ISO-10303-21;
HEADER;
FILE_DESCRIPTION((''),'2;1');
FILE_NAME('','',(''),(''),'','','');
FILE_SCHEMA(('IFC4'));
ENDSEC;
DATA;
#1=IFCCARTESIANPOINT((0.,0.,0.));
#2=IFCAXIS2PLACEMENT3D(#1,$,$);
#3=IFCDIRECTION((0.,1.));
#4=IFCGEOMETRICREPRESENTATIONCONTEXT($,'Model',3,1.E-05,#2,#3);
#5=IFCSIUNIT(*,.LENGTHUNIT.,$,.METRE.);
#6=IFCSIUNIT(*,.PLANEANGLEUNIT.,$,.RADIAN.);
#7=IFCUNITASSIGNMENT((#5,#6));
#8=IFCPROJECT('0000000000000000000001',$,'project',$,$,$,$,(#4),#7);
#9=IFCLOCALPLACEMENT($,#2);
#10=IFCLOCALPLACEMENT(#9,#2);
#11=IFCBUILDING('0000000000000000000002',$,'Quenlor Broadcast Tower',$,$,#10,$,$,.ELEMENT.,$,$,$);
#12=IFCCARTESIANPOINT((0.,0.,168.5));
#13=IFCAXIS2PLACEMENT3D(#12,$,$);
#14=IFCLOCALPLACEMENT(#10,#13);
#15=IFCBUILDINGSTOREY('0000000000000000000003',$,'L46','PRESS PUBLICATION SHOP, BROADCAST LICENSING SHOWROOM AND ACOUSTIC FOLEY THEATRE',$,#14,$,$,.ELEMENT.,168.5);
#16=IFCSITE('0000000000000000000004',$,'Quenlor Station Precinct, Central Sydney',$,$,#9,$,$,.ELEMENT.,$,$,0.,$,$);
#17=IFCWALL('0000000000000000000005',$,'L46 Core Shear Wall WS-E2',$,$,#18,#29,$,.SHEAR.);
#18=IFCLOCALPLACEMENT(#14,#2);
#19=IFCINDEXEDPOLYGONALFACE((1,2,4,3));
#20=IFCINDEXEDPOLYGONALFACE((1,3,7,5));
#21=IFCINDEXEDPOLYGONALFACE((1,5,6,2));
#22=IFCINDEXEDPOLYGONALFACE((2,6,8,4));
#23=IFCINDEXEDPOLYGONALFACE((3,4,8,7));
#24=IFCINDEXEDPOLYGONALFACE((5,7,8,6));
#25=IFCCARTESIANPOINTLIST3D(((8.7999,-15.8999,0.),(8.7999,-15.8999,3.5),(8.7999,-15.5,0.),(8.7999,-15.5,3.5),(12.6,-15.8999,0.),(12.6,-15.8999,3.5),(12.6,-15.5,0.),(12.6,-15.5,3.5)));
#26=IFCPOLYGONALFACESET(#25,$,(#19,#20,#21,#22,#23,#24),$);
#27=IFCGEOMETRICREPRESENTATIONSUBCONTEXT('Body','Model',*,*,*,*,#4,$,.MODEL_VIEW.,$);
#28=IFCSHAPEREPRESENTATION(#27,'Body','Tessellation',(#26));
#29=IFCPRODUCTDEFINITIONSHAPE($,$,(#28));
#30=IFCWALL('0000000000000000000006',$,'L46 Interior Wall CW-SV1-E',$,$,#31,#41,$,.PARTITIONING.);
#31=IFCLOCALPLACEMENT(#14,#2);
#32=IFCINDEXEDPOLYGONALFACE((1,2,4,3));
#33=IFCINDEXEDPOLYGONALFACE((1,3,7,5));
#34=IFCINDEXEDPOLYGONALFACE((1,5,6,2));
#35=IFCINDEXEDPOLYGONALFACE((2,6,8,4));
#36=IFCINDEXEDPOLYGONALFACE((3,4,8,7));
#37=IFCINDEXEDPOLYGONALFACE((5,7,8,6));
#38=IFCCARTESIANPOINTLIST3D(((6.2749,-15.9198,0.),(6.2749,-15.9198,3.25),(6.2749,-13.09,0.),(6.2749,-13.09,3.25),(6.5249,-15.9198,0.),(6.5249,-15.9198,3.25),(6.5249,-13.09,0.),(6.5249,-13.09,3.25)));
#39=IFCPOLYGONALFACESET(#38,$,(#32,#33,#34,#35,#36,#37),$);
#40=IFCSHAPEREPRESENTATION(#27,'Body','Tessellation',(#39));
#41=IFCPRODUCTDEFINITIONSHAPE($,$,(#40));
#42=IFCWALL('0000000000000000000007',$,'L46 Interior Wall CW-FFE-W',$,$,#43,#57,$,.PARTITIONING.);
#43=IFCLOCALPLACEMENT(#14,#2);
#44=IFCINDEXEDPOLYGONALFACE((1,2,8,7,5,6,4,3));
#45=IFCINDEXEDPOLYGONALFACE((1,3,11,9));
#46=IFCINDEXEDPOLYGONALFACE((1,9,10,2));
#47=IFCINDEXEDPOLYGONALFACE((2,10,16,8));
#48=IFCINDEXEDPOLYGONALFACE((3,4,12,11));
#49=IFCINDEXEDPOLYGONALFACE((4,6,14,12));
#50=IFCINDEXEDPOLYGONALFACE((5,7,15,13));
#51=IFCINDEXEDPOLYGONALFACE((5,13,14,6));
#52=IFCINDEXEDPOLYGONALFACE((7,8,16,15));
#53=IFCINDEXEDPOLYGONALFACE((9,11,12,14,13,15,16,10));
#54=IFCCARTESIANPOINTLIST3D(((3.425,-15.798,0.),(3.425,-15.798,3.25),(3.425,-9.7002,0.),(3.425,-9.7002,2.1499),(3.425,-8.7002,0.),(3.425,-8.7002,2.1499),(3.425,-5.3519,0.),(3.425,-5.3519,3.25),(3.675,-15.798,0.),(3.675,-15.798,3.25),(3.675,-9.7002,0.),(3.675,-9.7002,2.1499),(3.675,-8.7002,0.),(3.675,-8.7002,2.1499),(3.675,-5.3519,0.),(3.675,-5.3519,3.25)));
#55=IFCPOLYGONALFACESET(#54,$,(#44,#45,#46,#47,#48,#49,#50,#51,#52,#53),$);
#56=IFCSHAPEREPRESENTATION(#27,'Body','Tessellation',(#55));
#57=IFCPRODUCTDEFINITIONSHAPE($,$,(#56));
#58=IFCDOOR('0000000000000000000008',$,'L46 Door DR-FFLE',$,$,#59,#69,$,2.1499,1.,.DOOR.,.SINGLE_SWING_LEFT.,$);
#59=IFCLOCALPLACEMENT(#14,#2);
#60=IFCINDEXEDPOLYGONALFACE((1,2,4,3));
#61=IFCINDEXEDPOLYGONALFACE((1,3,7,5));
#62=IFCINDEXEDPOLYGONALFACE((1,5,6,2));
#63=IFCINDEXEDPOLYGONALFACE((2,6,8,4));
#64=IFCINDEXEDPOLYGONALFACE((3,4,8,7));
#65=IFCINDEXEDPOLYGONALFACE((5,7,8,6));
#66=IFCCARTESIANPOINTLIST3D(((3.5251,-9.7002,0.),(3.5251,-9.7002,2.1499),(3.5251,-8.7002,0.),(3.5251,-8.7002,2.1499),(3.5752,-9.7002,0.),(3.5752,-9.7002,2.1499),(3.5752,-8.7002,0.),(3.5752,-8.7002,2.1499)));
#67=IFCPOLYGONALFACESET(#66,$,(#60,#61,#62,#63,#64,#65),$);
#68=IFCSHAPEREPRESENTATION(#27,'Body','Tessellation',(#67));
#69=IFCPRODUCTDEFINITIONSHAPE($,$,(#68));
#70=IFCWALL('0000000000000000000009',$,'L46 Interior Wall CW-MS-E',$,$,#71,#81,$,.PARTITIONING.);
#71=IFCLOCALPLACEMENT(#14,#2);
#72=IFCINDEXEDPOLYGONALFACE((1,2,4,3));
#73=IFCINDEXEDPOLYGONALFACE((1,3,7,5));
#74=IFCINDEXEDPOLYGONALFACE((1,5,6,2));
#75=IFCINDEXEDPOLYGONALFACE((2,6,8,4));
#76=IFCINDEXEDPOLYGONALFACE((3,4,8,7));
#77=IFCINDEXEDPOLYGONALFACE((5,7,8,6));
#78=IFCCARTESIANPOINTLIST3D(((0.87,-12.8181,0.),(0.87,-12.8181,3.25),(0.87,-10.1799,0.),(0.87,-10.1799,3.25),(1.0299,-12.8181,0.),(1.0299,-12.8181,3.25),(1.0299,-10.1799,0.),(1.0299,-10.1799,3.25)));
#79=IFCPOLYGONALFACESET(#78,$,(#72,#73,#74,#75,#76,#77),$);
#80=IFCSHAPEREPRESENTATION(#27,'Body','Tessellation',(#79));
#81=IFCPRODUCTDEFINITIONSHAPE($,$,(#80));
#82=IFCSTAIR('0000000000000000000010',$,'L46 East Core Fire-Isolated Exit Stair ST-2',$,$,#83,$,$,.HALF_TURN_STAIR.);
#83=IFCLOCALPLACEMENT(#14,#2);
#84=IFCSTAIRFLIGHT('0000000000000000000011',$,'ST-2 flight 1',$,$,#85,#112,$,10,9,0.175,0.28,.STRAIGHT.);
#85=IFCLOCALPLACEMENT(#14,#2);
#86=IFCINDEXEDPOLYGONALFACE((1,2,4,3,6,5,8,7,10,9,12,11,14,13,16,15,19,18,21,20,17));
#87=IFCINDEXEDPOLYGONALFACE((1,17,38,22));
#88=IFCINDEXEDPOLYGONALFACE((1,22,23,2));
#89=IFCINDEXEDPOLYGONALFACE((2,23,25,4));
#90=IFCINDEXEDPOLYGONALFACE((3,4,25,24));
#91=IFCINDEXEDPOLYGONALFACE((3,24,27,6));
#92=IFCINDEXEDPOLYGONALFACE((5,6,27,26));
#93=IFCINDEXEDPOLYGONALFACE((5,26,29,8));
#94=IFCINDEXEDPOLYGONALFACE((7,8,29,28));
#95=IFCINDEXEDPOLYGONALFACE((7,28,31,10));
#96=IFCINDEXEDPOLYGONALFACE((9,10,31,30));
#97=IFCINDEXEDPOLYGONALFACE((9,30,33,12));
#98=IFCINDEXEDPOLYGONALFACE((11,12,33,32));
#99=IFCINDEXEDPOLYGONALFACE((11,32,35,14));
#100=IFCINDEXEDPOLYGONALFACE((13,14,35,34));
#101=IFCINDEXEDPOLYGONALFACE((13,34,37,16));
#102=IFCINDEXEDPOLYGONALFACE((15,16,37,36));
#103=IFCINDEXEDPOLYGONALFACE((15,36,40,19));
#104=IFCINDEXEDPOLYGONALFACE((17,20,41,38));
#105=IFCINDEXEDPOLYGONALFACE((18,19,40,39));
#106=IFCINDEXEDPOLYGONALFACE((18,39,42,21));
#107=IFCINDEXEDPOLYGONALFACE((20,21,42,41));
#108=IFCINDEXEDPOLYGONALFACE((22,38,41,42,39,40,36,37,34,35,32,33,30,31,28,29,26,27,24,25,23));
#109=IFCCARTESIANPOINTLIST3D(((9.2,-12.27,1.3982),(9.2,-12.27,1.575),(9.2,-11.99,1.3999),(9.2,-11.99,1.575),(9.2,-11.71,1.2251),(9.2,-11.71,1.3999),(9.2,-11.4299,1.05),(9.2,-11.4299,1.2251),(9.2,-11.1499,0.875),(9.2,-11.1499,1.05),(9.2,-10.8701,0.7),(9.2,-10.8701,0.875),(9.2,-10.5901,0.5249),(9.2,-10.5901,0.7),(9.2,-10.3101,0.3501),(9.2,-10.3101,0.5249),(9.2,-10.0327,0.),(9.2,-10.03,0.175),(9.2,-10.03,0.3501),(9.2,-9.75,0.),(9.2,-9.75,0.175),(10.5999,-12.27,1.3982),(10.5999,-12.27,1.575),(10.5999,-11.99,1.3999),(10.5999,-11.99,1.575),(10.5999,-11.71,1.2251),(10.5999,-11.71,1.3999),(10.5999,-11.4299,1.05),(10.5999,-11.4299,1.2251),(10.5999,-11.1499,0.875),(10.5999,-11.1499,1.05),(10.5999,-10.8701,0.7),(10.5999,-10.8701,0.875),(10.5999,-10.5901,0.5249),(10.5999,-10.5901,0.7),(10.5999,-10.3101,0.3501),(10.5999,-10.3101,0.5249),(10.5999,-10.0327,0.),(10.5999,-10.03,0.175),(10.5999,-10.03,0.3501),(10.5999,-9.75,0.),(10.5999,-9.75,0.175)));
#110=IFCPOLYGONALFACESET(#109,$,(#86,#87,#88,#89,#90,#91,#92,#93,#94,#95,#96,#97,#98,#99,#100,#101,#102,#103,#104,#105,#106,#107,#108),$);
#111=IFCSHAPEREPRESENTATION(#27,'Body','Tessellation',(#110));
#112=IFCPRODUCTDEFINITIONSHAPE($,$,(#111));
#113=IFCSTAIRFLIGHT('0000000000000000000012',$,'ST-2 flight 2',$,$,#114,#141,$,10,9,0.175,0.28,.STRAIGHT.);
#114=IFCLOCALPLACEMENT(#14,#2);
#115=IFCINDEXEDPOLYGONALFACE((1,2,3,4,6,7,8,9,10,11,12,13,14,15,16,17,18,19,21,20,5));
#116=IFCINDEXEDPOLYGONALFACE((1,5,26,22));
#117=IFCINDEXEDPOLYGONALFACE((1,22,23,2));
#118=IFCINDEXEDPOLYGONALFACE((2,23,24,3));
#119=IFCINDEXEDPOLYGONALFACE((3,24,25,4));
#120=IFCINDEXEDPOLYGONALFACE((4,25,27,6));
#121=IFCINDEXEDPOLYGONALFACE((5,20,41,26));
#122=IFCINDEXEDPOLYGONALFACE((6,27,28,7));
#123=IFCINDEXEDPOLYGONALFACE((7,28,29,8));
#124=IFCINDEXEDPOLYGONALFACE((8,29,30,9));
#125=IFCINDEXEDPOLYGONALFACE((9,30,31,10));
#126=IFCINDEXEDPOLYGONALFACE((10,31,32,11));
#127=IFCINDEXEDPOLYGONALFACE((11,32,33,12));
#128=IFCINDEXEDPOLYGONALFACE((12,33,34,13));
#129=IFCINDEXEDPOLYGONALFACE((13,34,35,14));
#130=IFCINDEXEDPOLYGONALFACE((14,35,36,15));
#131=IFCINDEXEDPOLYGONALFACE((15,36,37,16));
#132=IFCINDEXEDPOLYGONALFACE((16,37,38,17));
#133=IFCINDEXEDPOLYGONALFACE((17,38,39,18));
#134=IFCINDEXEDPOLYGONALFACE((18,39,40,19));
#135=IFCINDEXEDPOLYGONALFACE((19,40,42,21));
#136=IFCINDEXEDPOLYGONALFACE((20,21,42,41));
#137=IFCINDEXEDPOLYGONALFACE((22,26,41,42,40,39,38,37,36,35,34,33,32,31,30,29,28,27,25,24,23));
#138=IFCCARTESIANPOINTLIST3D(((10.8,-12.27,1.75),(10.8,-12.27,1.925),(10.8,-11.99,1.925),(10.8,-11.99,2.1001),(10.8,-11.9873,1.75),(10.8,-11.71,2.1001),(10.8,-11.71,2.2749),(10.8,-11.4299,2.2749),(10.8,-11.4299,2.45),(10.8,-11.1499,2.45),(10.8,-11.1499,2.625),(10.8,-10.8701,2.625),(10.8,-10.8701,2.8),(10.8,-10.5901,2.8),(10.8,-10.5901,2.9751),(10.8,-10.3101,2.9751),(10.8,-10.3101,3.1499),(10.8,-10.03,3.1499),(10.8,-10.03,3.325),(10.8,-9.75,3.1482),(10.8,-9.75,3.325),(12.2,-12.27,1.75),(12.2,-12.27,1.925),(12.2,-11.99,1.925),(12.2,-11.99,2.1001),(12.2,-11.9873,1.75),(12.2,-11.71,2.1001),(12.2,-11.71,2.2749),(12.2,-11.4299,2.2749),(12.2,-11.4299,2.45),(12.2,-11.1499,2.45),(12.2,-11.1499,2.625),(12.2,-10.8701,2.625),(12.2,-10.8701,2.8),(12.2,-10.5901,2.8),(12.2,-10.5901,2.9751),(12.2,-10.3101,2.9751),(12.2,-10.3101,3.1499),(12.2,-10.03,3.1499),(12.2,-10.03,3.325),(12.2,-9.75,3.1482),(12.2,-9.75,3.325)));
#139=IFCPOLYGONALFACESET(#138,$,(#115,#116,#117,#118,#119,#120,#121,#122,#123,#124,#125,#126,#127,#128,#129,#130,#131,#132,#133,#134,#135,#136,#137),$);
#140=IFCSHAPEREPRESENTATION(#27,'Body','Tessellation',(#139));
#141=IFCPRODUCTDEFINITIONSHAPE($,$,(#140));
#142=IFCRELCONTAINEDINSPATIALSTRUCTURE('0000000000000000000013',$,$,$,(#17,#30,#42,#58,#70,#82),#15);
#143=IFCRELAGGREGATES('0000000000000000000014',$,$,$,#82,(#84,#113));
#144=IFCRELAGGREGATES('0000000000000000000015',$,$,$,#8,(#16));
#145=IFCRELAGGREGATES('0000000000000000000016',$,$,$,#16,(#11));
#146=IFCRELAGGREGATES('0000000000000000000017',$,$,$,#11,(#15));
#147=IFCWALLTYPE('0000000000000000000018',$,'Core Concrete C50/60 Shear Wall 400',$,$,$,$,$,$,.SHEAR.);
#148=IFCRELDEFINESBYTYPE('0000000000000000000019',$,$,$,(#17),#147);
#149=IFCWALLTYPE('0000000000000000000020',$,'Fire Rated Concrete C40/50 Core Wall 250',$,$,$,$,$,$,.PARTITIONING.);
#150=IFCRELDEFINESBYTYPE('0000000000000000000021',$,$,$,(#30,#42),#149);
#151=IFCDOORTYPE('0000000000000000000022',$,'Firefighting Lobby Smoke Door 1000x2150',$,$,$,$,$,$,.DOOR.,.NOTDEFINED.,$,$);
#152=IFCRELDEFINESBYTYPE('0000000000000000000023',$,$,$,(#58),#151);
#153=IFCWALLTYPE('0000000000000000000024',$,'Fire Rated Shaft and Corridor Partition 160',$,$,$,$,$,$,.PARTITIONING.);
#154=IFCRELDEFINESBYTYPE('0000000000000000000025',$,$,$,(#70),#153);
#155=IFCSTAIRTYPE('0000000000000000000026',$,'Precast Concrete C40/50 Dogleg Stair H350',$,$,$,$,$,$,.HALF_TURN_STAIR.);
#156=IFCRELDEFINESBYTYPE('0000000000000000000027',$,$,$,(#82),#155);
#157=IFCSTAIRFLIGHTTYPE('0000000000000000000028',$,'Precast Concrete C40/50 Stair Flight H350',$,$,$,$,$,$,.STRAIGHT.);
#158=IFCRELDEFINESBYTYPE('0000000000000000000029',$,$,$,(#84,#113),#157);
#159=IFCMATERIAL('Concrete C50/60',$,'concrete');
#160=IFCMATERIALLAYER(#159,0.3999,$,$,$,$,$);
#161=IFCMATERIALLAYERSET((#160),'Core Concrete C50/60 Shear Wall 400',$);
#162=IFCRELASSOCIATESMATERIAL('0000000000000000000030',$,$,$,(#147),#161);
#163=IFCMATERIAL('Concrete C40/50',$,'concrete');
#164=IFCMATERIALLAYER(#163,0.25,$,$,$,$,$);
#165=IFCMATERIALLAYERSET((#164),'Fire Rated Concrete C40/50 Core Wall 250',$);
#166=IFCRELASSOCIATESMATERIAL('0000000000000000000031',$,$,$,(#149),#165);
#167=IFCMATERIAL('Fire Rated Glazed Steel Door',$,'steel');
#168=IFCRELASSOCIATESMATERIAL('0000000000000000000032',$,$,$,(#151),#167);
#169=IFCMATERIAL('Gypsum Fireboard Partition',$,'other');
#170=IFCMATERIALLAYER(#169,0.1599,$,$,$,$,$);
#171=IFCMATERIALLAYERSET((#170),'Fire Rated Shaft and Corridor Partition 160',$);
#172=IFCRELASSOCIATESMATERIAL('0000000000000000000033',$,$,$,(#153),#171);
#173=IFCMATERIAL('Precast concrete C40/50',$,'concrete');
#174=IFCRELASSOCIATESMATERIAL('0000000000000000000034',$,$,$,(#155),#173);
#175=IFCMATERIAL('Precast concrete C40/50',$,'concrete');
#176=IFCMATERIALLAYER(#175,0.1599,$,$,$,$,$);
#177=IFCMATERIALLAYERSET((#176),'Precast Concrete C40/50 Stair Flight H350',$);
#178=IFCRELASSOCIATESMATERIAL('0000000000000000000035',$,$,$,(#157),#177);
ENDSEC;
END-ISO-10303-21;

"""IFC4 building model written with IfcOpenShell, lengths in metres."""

from ifc_helpers import new_model, si_unit, direction, frame, frame_2d, origin, place, context, subcontext, project, spatial, polyline, rectangle, outline, extrude, material, layer, layer_set, type_object, element, fill, aggregate, save


model = new_model("IFC4")

# Units and contexts
model_context = context("Model", 3, precision=1e-05, world=origin(), true_north=direction((0.0, 1.0)))
body_context = subcontext(model_context, "Body", "Model", "MODEL_VIEW")
ifc_project = project(units=[si_unit("LENGTHUNIT", "METRE"), si_unit("PLANEANGLEUNIT", "RADIAN")], contexts=[model_context])

# Site, building, storey
site_placement = place(None, origin())
site = spatial("IfcSite", under=ifc_project, at=site_placement, Name="Quenlor Station Precinct, Central Sydney", CompositionType="ELEMENT", RefElevation=0.0)
building_placement = place(site_placement, origin())
building = spatial("IfcBuilding", under=site, at=building_placement, Name="Quenlor Broadcast Tower", CompositionType="ELEMENT")
storey_placement = place(building_placement, frame((0.0, 0.0, 168.5)))
storey = spatial("IfcBuildingStorey", under=building, at=storey_placement, Name="L46", Description="PRESS PUBLICATION SHOP, BROADCAST LICENSING SHOWROOM AND ACOUSTIC FOLEY THEATRE", CompositionType="ELEMENT", Elevation=168.5)

# Wall
ifc_material_1 = material(Name="Concrete C50/60", Category="concrete")
ifc_layer_1 = layer(ifc_material_1, 0.3999)
ifc_layer_set_1 = layer_set([ifc_layer_1], Name="Core Concrete C50/60 Shear Wall 400")
wall_type_1 = type_object("IfcWallType", Name="Core Concrete C50/60 Shear Wall 400", PredefinedType="SHEAR", material=ifc_layer_set_1)
wall_1_placement = place(storey_placement, frame((8.8, -15.7, 0.0), z_axis=(0.0, 0.0, 1.0), x_axis=(1.0, 0.0, 0.0)))
element("IfcWall", 1, at=wall_1_placement, inside=storey, type_object=wall_type_1, Name="L46 Core Shear Wall WS-E2", PredefinedType="SHEAR", context=body_context, shape_type="SweptSolid", body=[
    extrude(rectangle(XDim=3.8, YDim=0.3999, at=frame_2d((1.8999, 0.0))), origin(), (0.0, 0.0, 1.0), 3.5),
])

# Shared definitions
ifc_material_2 = material(Name="Concrete C40/50", Category="concrete")
ifc_layer_2 = layer(ifc_material_2, 0.25)
ifc_layer_set_2 = layer_set([ifc_layer_2], Name="Fire Rated Concrete C40/50 Core Wall 250")
wall_type_2 = type_object("IfcWallType", Name="Fire Rated Concrete C40/50 Core Wall 250", PredefinedType="PARTITIONING", material=ifc_layer_set_2)

# Wall
wall_2_placement = place(storey_placement, frame((6.3999, -15.9199, 0.0), z_axis=(0.0, 0.0, 1.0), x_axis=(0.0, 1.0, 0.0)))
element("IfcWall", 2, at=wall_2_placement, inside=storey, type_object=wall_type_2, Name="L46 Interior Wall CW-SV1-E", PredefinedType="PARTITIONING", context=body_context, shape_type="SweptSolid", body=[
    extrude(rectangle(XDim=2.8298, YDim=0.25, at=frame_2d((1.415, 0.0))), origin(), (0.0, 0.0, 1.0), 3.25),
])

# Wall, opening, door
wall_3_placement = place(storey_placement, frame((3.55, -15.7981, 0.0), z_axis=(0.0, 0.0, 1.0), x_axis=(0.0, 1.0, 0.0)))
wall_3 = element("IfcWall", 3, at=wall_3_placement, inside=storey, type_object=wall_type_2, Name="L46 Interior Wall CW-FFE-W", PredefinedType="PARTITIONING", context=body_context, shape_type="SweptSolid", body=[
    extrude(rectangle(XDim=10.446, YDim=0.25, at=frame_2d((5.2231, 0.0))), origin(), (0.0, 0.0, 1.0), 3.25),
])
opening_1_placement = place(wall_3_placement, frame((6.0979, 0.0, 0.0)))
opening_1 = element("IfcOpeningElement", 4, at=opening_1_placement, cuts=wall_3, PredefinedType="OPENING", context=body_context, shape_type="SweptSolid", body=[
    extrude(rectangle(XDim=1.0, YDim=2.1499, at=frame_2d((0.5, 1.075))), frame((0.0, 0.135, 0.0), z_axis=(0.0, -1.0, 0.0), x_axis=(1.0, 0.0, 0.0)), (0.0, 0.0, 1.0), 0.27),
])
ifc_material_3 = material(Name="Fire Rated Glazed Steel Door", Category="steel")
door_type_1 = type_object("IfcDoorType", Name="Firefighting Lobby Smoke Door 1000x2150", OperationType="NOTDEFINED", PredefinedType="DOOR", material=ifc_material_3)
door_1_placement = place(opening_1_placement, origin())
door_1 = element("IfcDoor", 5, at=door_1_placement, inside=storey, type_object=door_type_1, Name="L46 Door DR-FFLE", OperationType="SINGLE_SWING_LEFT", OverallHeight=2.1499, OverallWidth=1.0, PredefinedType="DOOR", context=body_context, shape_type="SweptSolid", body=[
    extrude(rectangle(XDim=1.0, YDim=2.1499, at=frame_2d((0.5, 1.075))), frame((0.0, 0.0249, 0.0), z_axis=(0.0, -1.0, 0.0), x_axis=(1.0, 0.0, 0.0)), (0.0, 0.0, 1.0), 0.05),
])
fill(opening_1, door_1)

# Wall
ifc_material_4 = material(Name="Gypsum Fireboard Partition", Category="other")
ifc_layer_3 = layer(ifc_material_4, 0.1599)
ifc_layer_set_3 = layer_set([ifc_layer_3], Name="Fire Rated Shaft and Corridor Partition 160")
wall_type_3 = type_object("IfcWallType", Name="Fire Rated Shaft and Corridor Partition 160", PredefinedType="PARTITIONING", material=ifc_layer_set_3)
wall_4_placement = place(storey_placement, frame((0.95, -12.8181, 0.0), z_axis=(0.0, 0.0, 1.0), x_axis=(0.0, 1.0, 0.0)))
element("IfcWall", 6, at=wall_4_placement, inside=storey, type_object=wall_type_3, Name="L46 Interior Wall CW-MS-E", PredefinedType="PARTITIONING", context=body_context, shape_type="SweptSolid", body=[
    extrude(rectangle(XDim=2.6382, YDim=0.1599, at=frame_2d((1.3191, 0.0))), origin(), (0.0, 0.0, 1.0), 3.25),
])

# Stair, stair flights
ifc_material_5 = material(Name="Precast concrete C40/50", Category="concrete")
stair_type = type_object("IfcStairType", Name="Precast Concrete C40/50 Dogleg Stair H350", PredefinedType="HALF_TURN_STAIR", material=ifc_material_5)
stair_placement = place(storey_placement, origin())
stair = element("IfcStair", 7, at=stair_placement, inside=storey, type_object=stair_type, Name="L46 East Core Fire-Isolated Exit Stair ST-2", PredefinedType="HALF_TURN_STAIR")
ifc_material_6 = material(Name="Precast concrete C40/50", Category="concrete")
ifc_layer_4 = layer(ifc_material_6, 0.1599)
ifc_layer_set_4 = layer_set([ifc_layer_4], Name="Precast Concrete C40/50 Stair Flight H350")
stair_flight_type = type_object("IfcStairFlightType", Name="Precast Concrete C40/50 Stair Flight H350", PredefinedType="STRAIGHT", material=ifc_layer_set_4)
stair_flight_1_placement = place(storey_placement, frame((9.8999, -9.75, 0.0), z_axis=(0.0, 0.0, 1.0), x_axis=(0.0, -1.0, 0.0)))
stair_flight_1 = element("IfcStairFlight", 8, at=stair_flight_1_placement, type_object=stair_flight_type, Name="ST-2 flight 1", NumberOfRisers=10, NumberOfTreads=9, PredefinedType="STRAIGHT", RiserHeight=0.175, TreadLength=0.28, context=body_context, shape_type="SweptSolid", body=[
    extrude(outline(polyline([(0.0, 0.0), (0.0, 0.175), (0.28, 0.175), (0.28, 0.3501), (0.5601, 0.3501), (0.5601, 0.5249), (0.8401, 0.5249), (0.8401, 0.7), (1.1201, 0.7), (1.1201, 0.875), (1.3999, 0.875), (1.3999, 1.05), (1.6799, 1.05), (1.6799, 1.2251), (1.96, 1.2251), (1.96, 1.3999), (2.24, 1.3999), (2.24, 1.575), (2.52, 1.575), (2.52, 1.75), (2.52, 1.3982), (0.2827, 0.0), (0.0, 0.0)])), frame((0.0, 0.7, 0.0), z_axis=(0.0, -1.0, 0.0), x_axis=(1.0, 0.0, 0.0)), (0.0, 0.0, 1.0), 1.3999),
])
stair_flight_2_placement = place(storey_placement, frame((11.5, -12.27, 1.75), z_axis=(0.0, 0.0, 1.0), x_axis=(0.0, 1.0, 0.0)))
stair_flight_2 = element("IfcStairFlight", 9, at=stair_flight_2_placement, type_object=stair_flight_type, Name="ST-2 flight 2", NumberOfRisers=10, NumberOfTreads=9, PredefinedType="STRAIGHT", RiserHeight=0.175, TreadLength=0.28, context=body_context, shape_type="SweptSolid", body=[
    extrude(outline(polyline([(0.0, 0.0), (0.0, 0.175), (0.28, 0.175), (0.28, 0.3501), (0.5601, 0.3501), (0.5601, 0.5249), (0.8401, 0.5249), (0.8401, 0.7), (1.1201, 0.7), (1.1201, 0.875), (1.3999, 0.875), (1.3999, 1.05), (1.6799, 1.05), (1.6799, 1.2251), (1.96, 1.2251), (1.96, 1.3999), (2.24, 1.3999), (2.24, 1.575), (2.52, 1.575), (2.52, 1.75), (2.52, 1.3982), (0.2827, 0.0), (0.0, 0.0)])), frame((0.0, 0.7, 0.0), z_axis=(0.0, -1.0, 0.0), x_axis=(1.0, 0.0, 0.0)), (0.0, 0.0, 1.0), 1.3999),
])
aggregate(stair, [stair_flight_1, stair_flight_2])

save(model, "model.ifc")
